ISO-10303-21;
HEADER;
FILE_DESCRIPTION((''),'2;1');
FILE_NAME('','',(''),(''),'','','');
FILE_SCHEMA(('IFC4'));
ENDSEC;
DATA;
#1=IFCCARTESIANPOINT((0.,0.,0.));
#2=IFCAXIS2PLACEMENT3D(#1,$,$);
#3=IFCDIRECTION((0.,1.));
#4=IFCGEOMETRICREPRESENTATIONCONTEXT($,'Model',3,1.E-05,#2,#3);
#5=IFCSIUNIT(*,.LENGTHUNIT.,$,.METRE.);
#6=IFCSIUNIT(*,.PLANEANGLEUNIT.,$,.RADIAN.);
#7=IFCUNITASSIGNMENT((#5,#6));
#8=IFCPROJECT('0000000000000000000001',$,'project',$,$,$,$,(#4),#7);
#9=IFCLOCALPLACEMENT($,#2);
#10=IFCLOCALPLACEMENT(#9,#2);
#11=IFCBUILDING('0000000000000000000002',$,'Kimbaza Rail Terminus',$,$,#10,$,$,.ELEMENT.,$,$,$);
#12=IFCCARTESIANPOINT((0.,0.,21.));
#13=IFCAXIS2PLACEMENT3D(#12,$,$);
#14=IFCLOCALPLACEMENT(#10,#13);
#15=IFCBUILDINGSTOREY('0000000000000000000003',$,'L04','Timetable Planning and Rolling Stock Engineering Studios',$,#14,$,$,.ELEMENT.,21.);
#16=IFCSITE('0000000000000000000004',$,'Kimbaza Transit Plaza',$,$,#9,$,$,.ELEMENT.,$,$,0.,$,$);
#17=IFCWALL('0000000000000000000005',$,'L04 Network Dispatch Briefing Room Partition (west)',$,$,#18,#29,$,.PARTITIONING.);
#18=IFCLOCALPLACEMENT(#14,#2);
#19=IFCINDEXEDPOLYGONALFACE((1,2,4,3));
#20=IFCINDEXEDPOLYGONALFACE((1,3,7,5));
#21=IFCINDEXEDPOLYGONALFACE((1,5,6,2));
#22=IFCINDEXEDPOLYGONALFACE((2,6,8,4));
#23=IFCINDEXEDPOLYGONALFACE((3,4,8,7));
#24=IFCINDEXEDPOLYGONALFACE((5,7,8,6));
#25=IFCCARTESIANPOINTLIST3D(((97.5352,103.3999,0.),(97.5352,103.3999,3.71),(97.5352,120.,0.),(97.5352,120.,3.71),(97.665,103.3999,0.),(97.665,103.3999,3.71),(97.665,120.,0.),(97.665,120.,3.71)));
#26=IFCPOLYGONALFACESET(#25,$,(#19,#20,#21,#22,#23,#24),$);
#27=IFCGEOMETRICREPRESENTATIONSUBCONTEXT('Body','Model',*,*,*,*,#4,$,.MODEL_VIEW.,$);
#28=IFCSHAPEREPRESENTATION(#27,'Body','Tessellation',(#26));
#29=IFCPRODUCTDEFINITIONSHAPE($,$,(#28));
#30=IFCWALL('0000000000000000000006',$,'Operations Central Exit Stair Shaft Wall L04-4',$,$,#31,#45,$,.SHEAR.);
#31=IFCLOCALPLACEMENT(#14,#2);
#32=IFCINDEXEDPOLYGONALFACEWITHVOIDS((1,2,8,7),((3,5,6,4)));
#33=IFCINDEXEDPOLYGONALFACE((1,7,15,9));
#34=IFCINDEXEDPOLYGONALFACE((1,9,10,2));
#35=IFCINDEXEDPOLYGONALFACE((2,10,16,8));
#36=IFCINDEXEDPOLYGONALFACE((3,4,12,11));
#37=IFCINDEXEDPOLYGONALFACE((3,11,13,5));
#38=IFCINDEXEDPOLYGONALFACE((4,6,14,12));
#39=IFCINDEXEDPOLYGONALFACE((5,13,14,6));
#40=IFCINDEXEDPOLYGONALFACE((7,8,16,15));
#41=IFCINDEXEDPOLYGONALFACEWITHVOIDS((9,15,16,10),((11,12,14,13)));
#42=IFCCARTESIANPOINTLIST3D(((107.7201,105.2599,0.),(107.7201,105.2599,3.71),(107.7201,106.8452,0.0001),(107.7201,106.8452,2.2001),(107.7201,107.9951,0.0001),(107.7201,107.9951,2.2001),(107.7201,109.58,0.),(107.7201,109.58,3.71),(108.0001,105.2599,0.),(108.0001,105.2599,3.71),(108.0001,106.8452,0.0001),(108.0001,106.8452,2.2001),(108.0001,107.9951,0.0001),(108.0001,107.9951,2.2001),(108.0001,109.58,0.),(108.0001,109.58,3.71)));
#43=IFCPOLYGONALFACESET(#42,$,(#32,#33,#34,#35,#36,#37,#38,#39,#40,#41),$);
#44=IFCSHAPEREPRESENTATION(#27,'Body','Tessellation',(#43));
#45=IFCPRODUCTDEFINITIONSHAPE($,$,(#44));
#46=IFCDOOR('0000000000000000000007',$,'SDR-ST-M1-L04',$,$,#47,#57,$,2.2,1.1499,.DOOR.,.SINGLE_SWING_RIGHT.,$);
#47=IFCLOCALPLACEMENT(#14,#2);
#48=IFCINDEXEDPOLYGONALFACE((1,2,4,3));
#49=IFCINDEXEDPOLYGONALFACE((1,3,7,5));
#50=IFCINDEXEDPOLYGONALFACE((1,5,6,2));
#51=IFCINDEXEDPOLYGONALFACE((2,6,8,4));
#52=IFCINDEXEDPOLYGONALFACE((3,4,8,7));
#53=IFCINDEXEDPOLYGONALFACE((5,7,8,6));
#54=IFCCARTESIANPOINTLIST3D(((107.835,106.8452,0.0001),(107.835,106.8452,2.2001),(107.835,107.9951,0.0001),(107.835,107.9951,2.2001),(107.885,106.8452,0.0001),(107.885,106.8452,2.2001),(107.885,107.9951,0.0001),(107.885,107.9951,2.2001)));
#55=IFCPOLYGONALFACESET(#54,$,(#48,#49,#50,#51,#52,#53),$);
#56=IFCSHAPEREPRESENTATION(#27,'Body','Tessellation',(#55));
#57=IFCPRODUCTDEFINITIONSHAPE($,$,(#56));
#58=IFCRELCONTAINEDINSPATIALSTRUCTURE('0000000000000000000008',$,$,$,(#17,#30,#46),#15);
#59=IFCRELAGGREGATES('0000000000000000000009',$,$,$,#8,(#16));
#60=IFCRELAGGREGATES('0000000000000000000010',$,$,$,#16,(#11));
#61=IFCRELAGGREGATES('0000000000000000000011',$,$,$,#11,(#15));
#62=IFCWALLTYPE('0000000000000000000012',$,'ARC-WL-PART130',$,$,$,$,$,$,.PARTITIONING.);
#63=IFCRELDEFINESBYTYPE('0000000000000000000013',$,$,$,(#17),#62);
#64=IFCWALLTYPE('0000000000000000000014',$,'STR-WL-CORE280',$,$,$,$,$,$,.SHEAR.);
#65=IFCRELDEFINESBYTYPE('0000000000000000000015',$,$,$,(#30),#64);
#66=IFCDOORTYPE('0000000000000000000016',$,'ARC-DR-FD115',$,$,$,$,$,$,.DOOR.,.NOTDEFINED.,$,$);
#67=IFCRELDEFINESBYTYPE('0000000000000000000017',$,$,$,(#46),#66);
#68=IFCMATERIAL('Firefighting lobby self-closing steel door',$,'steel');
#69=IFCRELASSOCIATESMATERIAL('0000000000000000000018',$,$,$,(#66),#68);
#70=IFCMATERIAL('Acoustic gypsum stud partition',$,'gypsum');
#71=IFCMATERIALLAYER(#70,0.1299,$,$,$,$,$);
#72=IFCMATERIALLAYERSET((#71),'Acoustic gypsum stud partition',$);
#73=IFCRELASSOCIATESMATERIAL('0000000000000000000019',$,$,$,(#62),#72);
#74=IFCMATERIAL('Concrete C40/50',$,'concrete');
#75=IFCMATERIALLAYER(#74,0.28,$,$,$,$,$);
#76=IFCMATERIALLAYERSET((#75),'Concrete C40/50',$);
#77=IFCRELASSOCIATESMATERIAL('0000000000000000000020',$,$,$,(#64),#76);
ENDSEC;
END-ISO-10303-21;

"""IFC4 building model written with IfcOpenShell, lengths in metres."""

from ifc_helpers import new_model, si_unit, direction, frame, frame_2d, origin, place, context, subcontext, project, spatial, rectangle, extrude, material, layer, layer_set, type_object, element, fill, save


model = new_model("IFC4")

# Units and contexts
model_context = context("Model", 3, precision=1e-05, world=origin(), true_north=direction((0.0, 1.0)))
body_context = subcontext(model_context, "Body", "Model", "MODEL_VIEW")
ifc_project = project(units=[si_unit("LENGTHUNIT", "METRE"), si_unit("PLANEANGLEUNIT", "RADIAN")], contexts=[model_context])

# Site, building, storey
site_placement = place(None, origin())
site = spatial("IfcSite", under=ifc_project, at=site_placement, Name="Kimbaza Transit Plaza", CompositionType="ELEMENT", RefElevation=0.0)
building_placement = place(site_placement, origin())
building = spatial("IfcBuilding", under=site, at=building_placement, Name="Kimbaza Rail Terminus", CompositionType="ELEMENT")
storey_placement = place(building_placement, frame((0.0, 0.0, 21.0)))
storey = spatial("IfcBuildingStorey", under=building, at=storey_placement, Name="L04", Description="Timetable Planning and Rolling Stock Engineering Studios", CompositionType="ELEMENT", Elevation=21.0)

# Shared definitions
ifc_material_1 = material(Name="Firefighting lobby self-closing steel door", Category="steel")
door_type_1 = type_object("IfcDoorType", Name="ARC-DR-FD115", OperationType="NOTDEFINED", PredefinedType="DOOR", material=ifc_material_1)

# Shared definitions
ifc_material_2 = material(Name="Acoustic gypsum stud partition", Category="gypsum")
ifc_layer_1 = layer(ifc_material_2, 0.1299)
ifc_layer_set_1 = layer_set([ifc_layer_1], Name="Acoustic gypsum stud partition")
wall_type_1 = type_object("IfcWallType", Name="ARC-WL-PART130", PredefinedType="PARTITIONING", material=ifc_layer_set_1)

# Wall
wall_1_placement = place(storey_placement, frame((97.6001, 120.0, 0.0), z_axis=(0.0, 0.0, 1.0), x_axis=(0.0, -1.0, 0.0)))
element("IfcWall", 1, at=wall_1_placement, inside=storey, type_object=wall_type_1, Name="L04 Network Dispatch Briefing Room Partition (west)", PredefinedType="PARTITIONING", context=body_context, shape_type="SweptSolid", body=[
    extrude(rectangle(XDim=16.6001, YDim=0.1299, at=frame_2d((8.3, 0.0))), origin(), (0.0, 0.0, 1.0), 3.71),
])

# Wall, opening, door
ifc_material_3 = material(Name="Concrete C40/50", Category="concrete")
ifc_layer_2 = layer(ifc_material_3, 0.28)
ifc_layer_set_2 = layer_set([ifc_layer_2], Name="Concrete C40/50")
wall_type_2 = type_object("IfcWallType", Name="STR-WL-CORE280", PredefinedType="SHEAR", material=ifc_layer_set_2)
wall_2_placement = place(storey_placement, frame((107.8601, 109.5801, 0.0), z_axis=(0.0, 0.0, 1.0), x_axis=(0.0, -1.0, 0.0)))
wall_2 = element("IfcWall", 2, at=wall_2_placement, inside=storey, type_object=wall_type_2, Name="Operations Central Exit Stair Shaft Wall L04-4", PredefinedType="SHEAR", context=body_context, shape_type="SweptSolid", body=[
    extrude(rectangle(XDim=4.3201, YDim=0.28, at=frame_2d((2.1602, 0.0))), origin(), (0.0, 0.0, 1.0), 3.71),
])
opening_1_placement = place(wall_2_placement, frame((1.585, 0.0, 0.0)))
opening_1 = element("IfcOpeningElement", 3, at=opening_1_placement, cuts=wall_2, PredefinedType="OPENING", context=body_context, shape_type="SweptSolid", body=[
    extrude(rectangle(XDim=1.1499, YDim=2.2, at=frame_2d((0.575, 1.1001))), frame((0.0, 0.1499, 0.0), z_axis=(0.0, -1.0, 0.0), x_axis=(1.0, 0.0, 0.0)), (0.0, 0.0, 1.0), 0.3),
])
door_1_placement = place(opening_1_placement, origin())
door_1 = element("IfcDoor", 4, at=door_1_placement, inside=storey, type_object=door_type_1, Name="SDR-ST-M1-L04", OperationType="SINGLE_SWING_RIGHT", OverallHeight=2.2, OverallWidth=1.1499, PredefinedType="DOOR", context=body_context, shape_type="SweptSolid", body=[
    extrude(rectangle(XDim=1.1499, YDim=2.2, at=frame_2d((0.575, 1.1001))), frame((0.0, 0.0249, 0.0), z_axis=(0.0, -1.0, 0.0), x_axis=(1.0, 0.0, 0.0)), (0.0, 0.0, 1.0), 0.05),
])
fill(opening_1, door_1)

save(model, "model.ifc")
